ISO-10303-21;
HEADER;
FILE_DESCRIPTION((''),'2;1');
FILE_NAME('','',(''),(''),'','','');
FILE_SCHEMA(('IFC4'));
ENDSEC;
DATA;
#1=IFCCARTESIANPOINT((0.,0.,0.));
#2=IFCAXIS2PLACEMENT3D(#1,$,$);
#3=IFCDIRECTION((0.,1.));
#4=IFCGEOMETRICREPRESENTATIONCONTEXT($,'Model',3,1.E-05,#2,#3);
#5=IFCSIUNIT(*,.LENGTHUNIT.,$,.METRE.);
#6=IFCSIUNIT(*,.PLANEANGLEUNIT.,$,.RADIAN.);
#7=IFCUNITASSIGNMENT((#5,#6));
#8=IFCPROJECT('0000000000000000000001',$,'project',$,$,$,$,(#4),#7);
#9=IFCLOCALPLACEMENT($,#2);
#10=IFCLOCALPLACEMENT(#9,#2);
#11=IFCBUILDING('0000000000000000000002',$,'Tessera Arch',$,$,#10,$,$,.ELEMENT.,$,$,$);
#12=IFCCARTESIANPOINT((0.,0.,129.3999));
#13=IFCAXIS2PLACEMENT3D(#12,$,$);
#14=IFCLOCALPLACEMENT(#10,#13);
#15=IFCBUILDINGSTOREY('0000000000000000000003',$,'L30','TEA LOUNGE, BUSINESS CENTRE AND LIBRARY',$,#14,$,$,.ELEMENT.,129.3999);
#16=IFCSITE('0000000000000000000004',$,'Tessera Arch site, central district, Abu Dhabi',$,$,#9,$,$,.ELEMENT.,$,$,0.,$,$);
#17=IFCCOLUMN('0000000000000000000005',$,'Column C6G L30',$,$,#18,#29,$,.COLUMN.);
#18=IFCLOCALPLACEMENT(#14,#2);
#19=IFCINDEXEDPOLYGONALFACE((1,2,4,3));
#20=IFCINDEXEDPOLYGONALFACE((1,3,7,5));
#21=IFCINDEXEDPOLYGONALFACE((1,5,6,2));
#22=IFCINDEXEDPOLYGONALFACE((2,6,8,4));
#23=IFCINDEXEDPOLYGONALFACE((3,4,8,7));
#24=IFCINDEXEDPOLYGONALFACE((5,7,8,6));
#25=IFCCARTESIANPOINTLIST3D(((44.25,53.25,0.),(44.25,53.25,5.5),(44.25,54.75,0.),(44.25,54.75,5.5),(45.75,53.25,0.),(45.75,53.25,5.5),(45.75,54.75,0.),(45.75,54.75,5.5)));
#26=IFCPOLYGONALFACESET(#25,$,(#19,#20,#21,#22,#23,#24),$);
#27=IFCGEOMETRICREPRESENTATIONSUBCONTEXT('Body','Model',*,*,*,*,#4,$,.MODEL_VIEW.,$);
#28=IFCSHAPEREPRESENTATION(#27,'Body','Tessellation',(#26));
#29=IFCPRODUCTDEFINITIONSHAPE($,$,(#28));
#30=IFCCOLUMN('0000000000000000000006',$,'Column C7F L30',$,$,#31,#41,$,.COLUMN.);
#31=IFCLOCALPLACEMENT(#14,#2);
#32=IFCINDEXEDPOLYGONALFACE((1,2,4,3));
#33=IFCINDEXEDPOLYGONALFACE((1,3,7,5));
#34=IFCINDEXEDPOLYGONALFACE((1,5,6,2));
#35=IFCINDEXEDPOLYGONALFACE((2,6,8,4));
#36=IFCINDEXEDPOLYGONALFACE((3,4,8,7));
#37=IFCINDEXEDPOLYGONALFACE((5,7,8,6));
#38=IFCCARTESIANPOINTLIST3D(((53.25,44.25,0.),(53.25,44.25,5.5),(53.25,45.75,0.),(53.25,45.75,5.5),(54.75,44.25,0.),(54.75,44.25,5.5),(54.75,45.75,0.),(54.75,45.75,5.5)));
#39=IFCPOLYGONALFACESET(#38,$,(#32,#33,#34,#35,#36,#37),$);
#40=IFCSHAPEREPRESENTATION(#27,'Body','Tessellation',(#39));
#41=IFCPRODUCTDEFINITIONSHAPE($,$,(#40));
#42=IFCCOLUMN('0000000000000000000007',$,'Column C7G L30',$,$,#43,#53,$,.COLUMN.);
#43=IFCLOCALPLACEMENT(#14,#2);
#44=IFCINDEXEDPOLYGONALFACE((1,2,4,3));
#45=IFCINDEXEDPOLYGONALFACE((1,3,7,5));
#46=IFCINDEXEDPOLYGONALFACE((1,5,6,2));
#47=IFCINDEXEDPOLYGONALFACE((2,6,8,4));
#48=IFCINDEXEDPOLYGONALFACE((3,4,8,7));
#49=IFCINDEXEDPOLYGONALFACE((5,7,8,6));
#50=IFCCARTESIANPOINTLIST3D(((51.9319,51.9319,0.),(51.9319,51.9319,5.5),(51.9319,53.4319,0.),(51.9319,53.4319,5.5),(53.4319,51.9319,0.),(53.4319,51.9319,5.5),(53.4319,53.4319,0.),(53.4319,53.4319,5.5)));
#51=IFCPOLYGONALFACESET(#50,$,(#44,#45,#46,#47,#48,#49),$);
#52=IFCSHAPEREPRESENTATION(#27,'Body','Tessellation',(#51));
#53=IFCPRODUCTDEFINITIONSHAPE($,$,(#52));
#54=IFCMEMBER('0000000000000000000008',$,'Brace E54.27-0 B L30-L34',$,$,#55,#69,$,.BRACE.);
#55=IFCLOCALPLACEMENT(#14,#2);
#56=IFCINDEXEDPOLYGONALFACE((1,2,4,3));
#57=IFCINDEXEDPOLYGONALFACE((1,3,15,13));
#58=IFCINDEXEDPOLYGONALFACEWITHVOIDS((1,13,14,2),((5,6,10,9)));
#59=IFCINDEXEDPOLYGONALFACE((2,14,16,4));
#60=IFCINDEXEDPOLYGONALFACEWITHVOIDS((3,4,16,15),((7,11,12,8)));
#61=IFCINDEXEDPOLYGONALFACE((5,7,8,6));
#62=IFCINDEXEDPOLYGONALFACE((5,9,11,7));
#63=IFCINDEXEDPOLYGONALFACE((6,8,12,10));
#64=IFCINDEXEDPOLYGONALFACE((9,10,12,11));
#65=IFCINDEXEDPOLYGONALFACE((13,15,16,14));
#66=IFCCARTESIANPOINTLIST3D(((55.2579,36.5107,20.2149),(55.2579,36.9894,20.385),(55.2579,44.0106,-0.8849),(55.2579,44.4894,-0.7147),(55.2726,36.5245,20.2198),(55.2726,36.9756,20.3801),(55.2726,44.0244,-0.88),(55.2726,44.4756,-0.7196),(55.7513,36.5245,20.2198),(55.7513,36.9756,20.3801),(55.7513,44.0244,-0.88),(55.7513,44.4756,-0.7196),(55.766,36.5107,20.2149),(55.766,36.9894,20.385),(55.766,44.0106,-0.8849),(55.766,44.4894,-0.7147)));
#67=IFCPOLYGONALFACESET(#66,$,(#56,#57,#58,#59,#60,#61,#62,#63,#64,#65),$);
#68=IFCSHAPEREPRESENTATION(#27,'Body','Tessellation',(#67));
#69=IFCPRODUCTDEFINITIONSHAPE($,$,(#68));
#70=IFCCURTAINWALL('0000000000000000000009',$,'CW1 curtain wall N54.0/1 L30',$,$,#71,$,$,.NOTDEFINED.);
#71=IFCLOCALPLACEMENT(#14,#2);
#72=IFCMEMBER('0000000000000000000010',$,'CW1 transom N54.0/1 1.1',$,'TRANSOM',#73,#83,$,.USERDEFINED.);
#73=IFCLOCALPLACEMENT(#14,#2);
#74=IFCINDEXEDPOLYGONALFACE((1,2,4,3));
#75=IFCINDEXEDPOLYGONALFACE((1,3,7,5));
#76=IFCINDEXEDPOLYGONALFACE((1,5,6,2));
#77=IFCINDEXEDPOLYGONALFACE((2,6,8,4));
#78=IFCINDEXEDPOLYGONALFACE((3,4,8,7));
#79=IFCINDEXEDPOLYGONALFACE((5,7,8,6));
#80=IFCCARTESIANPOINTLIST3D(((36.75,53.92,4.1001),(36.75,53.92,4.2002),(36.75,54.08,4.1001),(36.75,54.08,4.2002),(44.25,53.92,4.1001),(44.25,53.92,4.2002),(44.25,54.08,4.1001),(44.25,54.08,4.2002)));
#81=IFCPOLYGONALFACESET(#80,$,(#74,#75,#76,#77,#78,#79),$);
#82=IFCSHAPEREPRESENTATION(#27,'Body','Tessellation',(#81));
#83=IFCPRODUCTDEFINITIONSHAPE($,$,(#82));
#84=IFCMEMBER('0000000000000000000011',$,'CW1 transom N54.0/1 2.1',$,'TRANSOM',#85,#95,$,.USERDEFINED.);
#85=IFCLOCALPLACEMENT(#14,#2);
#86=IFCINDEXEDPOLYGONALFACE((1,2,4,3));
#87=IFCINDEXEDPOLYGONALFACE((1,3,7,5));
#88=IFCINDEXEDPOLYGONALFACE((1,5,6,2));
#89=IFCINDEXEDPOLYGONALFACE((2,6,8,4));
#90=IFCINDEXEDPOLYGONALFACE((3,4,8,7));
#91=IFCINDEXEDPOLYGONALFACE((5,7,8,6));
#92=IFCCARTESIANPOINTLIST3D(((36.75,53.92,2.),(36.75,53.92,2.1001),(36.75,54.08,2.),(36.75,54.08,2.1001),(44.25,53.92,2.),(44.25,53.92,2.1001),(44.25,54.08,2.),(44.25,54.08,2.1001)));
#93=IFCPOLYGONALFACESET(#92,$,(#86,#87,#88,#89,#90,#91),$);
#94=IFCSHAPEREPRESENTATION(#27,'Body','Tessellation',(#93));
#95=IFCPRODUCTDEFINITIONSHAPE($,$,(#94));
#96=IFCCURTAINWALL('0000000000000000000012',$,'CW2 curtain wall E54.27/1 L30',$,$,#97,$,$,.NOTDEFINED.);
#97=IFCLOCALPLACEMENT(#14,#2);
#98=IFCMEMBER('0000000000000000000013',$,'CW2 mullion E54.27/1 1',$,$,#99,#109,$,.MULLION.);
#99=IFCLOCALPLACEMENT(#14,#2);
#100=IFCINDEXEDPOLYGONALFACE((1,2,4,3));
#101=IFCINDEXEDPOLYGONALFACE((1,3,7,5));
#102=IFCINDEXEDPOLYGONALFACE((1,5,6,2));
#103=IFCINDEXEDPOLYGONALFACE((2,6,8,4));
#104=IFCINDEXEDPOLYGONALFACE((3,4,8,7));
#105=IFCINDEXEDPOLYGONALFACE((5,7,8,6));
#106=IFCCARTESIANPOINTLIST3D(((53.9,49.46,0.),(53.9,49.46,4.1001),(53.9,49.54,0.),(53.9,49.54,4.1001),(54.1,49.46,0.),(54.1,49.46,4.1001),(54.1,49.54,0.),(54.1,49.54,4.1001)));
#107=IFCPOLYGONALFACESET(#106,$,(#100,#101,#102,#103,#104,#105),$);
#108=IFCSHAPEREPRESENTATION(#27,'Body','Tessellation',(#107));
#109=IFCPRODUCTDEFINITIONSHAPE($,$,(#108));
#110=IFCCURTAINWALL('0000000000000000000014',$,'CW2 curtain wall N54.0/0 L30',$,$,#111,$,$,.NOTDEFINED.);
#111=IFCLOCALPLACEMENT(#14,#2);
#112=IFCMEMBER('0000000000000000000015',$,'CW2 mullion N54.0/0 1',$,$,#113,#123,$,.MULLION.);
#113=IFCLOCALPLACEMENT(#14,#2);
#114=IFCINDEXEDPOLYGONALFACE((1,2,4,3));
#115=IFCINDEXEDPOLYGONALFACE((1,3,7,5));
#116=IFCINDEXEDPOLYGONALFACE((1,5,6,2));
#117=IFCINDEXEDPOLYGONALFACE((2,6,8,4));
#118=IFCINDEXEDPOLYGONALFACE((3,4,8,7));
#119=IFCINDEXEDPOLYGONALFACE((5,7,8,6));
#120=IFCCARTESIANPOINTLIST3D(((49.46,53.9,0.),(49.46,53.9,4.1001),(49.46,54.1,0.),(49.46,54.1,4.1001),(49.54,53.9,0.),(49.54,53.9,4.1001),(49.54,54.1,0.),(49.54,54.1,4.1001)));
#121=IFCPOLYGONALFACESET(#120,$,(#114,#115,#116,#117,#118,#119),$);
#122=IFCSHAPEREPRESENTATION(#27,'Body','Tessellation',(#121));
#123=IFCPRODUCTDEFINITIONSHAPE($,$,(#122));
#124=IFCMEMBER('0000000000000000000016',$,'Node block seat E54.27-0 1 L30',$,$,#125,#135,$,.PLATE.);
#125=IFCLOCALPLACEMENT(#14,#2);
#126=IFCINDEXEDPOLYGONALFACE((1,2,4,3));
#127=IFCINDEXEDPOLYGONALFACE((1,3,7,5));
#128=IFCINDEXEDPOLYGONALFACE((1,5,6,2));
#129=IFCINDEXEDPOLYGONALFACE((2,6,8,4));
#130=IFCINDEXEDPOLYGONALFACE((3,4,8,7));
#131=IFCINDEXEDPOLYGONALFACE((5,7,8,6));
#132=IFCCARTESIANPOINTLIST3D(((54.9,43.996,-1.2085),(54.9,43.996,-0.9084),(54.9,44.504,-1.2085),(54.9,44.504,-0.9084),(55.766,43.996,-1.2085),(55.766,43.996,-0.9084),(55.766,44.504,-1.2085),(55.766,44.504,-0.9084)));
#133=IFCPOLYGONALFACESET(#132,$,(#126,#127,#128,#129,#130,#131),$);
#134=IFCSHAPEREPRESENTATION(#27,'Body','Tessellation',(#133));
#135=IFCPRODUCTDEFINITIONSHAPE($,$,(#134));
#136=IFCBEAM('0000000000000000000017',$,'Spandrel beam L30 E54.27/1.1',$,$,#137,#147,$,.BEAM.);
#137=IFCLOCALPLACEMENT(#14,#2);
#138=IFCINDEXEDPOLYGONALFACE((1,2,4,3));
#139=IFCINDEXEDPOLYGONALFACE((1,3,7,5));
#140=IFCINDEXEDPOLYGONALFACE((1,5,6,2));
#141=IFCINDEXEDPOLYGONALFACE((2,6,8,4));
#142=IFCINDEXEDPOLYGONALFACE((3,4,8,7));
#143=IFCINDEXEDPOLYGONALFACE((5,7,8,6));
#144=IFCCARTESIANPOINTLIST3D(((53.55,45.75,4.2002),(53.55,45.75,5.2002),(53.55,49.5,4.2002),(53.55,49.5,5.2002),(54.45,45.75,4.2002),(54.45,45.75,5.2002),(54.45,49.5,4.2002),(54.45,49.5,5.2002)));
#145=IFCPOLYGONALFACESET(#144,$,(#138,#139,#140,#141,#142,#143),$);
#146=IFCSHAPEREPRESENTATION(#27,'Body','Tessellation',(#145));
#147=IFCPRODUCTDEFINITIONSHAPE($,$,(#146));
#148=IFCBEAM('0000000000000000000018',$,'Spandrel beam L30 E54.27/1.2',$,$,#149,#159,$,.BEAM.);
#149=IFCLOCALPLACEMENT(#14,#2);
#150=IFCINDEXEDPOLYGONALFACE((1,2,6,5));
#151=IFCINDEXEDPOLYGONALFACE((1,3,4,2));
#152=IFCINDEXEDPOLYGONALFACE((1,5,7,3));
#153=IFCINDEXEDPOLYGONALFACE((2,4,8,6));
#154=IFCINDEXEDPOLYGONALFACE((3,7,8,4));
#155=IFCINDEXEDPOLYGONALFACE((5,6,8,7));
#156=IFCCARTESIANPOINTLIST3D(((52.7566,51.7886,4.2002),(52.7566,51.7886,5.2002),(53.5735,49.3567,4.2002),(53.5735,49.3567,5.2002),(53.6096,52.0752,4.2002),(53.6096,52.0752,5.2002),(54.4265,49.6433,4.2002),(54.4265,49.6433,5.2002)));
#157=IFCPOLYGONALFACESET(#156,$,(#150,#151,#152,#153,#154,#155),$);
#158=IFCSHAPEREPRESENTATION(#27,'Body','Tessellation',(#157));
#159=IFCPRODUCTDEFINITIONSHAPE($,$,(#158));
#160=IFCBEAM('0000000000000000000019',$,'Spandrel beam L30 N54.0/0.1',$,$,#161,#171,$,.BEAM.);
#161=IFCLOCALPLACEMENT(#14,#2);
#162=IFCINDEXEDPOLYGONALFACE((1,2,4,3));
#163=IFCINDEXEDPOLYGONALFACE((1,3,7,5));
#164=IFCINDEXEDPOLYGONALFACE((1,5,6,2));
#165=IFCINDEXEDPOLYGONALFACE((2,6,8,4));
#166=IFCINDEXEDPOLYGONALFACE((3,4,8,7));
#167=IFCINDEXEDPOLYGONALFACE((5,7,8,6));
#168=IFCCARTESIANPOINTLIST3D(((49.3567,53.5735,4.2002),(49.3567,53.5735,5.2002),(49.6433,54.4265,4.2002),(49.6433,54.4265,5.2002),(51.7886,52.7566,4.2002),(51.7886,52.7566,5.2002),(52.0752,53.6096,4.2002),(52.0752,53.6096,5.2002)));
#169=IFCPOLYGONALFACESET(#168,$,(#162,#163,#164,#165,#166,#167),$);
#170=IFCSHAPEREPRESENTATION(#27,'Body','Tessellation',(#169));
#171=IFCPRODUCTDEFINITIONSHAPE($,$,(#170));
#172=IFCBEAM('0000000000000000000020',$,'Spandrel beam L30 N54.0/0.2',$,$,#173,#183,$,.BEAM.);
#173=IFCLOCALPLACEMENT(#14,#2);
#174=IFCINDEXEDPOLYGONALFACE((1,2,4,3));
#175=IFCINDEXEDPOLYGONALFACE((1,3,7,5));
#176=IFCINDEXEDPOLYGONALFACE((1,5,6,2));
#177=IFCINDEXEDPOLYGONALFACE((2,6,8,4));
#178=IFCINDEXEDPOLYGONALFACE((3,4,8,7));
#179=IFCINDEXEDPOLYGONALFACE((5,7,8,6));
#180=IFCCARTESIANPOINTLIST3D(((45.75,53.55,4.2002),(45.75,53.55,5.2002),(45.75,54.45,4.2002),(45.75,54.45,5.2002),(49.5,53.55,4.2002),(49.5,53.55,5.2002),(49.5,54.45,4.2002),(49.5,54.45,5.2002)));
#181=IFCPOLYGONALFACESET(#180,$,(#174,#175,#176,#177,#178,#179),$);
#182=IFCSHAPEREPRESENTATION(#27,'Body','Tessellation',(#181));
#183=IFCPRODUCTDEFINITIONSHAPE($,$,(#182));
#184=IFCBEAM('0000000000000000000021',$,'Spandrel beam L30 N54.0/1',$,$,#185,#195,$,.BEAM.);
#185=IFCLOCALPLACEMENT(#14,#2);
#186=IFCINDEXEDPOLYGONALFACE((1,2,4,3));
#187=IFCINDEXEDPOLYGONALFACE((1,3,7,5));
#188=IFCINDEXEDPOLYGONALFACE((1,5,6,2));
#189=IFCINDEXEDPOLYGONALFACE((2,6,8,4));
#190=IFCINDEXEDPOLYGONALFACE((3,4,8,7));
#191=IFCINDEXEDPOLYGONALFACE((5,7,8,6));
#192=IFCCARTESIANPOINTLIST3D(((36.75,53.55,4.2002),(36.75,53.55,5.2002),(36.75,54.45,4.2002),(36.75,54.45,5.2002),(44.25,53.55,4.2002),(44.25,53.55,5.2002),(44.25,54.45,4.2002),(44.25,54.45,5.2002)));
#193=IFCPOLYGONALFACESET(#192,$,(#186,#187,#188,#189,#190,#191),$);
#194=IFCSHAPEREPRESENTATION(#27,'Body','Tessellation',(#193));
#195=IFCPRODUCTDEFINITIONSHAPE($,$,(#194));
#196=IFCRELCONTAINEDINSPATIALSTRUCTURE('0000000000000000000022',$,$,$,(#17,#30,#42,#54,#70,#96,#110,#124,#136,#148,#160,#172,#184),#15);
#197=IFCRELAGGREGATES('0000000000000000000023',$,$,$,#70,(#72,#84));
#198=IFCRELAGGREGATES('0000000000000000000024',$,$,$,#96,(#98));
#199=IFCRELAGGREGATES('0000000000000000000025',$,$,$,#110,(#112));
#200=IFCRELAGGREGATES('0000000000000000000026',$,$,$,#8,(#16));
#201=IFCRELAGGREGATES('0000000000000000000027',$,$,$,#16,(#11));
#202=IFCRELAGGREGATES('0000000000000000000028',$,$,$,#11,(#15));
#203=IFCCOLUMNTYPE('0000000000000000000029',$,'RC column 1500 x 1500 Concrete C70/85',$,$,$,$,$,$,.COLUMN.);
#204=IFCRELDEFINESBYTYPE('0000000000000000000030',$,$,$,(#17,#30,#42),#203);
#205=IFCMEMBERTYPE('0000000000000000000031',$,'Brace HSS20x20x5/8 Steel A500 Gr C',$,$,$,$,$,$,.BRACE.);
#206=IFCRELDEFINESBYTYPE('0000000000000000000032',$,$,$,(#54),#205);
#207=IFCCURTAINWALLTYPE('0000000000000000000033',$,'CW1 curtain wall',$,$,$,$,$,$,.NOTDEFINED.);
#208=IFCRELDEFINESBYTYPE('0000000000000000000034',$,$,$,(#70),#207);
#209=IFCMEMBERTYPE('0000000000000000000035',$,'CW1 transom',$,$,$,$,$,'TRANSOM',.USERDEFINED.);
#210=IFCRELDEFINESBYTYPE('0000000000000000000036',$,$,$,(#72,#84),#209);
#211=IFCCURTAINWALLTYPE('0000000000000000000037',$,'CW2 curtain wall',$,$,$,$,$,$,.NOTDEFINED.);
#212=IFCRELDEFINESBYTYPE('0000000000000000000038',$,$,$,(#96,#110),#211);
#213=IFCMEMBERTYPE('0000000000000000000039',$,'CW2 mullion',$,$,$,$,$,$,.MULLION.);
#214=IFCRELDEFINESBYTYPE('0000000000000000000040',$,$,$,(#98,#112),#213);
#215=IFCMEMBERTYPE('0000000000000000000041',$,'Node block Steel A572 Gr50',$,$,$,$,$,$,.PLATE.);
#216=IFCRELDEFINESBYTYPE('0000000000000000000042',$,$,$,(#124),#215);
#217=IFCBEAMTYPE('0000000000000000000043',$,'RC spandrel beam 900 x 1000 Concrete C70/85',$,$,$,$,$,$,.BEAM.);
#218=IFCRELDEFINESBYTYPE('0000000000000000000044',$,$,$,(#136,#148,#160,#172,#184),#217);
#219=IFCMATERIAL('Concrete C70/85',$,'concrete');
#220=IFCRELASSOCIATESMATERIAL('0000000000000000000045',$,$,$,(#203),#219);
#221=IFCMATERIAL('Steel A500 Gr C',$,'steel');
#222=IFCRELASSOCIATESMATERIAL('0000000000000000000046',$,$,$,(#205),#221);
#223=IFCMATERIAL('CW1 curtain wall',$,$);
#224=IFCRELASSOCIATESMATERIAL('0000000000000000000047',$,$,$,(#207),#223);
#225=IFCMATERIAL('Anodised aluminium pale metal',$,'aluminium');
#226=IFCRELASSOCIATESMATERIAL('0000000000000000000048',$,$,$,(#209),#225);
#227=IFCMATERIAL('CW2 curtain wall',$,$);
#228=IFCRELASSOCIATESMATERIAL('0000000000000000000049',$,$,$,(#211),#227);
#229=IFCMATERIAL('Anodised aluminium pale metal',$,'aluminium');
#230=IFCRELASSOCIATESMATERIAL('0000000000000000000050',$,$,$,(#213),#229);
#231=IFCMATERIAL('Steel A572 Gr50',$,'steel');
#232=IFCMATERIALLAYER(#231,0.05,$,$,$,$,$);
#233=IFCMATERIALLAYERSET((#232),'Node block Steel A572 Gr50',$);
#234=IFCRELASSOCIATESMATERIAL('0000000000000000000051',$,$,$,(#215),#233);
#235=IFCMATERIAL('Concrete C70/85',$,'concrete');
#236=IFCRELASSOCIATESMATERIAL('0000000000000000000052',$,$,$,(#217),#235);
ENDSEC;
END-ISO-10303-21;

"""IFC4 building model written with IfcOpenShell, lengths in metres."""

from ifc_helpers import new_model, si_unit, direction, frame, origin, origin_2d, place, context, subcontext, project, spatial, rectangle, hollow_rectangle, extrude, material, layer, layer_set, material_profile, profile_set, type_object, element, aggregate, save


model = new_model("IFC4")

# Units and contexts
model_context = context("Model", 3, precision=1e-05, world=origin(), true_north=direction((0.0, 1.0)))
body_context = subcontext(model_context, "Body", "Model", "MODEL_VIEW")
ifc_project = project(units=[si_unit("LENGTHUNIT", "METRE"), si_unit("PLANEANGLEUNIT", "RADIAN")], contexts=[model_context])

# Site, building, storey
site_placement = place(None, origin())
site = spatial("IfcSite", under=ifc_project, at=site_placement, Name="Tessera Arch site, central district, Abu Dhabi", CompositionType="ELEMENT", RefElevation=0.0)
building_placement = place(site_placement, origin())
building = spatial("IfcBuilding", under=site, at=building_placement, Name="Tessera Arch", CompositionType="ELEMENT")
storey_placement = place(building_placement, frame((0.0, 0.0, 129.3999)))
storey = spatial("IfcBuildingStorey", under=building, at=storey_placement, Name="L30", Description="TEA LOUNGE, BUSINESS CENTRE AND LIBRARY", CompositionType="ELEMENT", Elevation=129.3999)

# Columns
ifc_material_1 = material(Name="Concrete C70/85", Category="concrete")
ifc_material_profile_1 = material_profile(ifc_material_1, rectangle(XDim=1.5, YDim=1.5, at=origin_2d()), Name="RC column 1500 x 1500 Concrete C70/85")
ifc_profile_set_1 = profile_set([ifc_material_profile_1], Name="Concrete C70/85")
column_type = type_object("IfcColumnType", Name="RC column 1500 x 1500 Concrete C70/85", PredefinedType="COLUMN", material=ifc_profile_set_1)
for number, where, z_axis, x_axis, name in (
    (1, (45.0, 54.0, 0.0), (0.0, 0.0, 1.0), (1.0, 0.0, 0.0), "Column C6G L30"),
    (2, (54.0, 45.0, 0.0), (0.0, 0.0, 1.0), (1.0, 0.0, 0.0), "Column C7F L30"),
    (3, (52.6819, 52.6819, 0.0), (0.0, 0.0, 1.0), (1.0, 0.0, 0.0), "Column C7G L30"),
):
    element("IfcColumn", number, at=place(storey_placement, frame(where, z_axis=z_axis, x_axis=x_axis)), inside=storey, type_object=column_type, Name=name, PredefinedType="COLUMN", context=body_context, shape_type="SweptSolid", body=[
        extrude(rectangle(XDim=1.5, YDim=1.5, at=origin_2d()), origin(), (0.0, 0.0, 1.0), 5.5),
    ])

# Member
ifc_material_2 = material(Name="Steel A500 Gr C", Category="steel")
ifc_material_profile_2 = material_profile(ifc_material_2, hollow_rectangle(XDim=0.5081, YDim=0.5081, WallThickness=0.0146, at=origin_2d()), Name="HSS20x20x5/8")
ifc_profile_set_2 = profile_set([ifc_material_profile_2], Name="Steel A500 Gr C")
member_type_1 = type_object("IfcMemberType", Name="Brace HSS20x20x5/8 Steel A500 Gr C", PredefinedType="BRACE", material=ifc_profile_set_2)
member_1_placement = place(storey_placement, frame((55.512, 44.25, -0.7998), z_axis=(0.0, -0.334924, 0.942245), x_axis=(1.0, 0.0, 0.0)))
element("IfcMember", 4, at=member_1_placement, inside=storey, type_object=member_type_1, Name="Brace E54.27-0 B L30-L34", PredefinedType="BRACE", context=body_context, shape_type="SweptSolid", body=[
    extrude(hollow_rectangle(XDim=0.5081, YDim=0.5081, WallThickness=0.0146, at=origin_2d()), origin(), (0.0, 0.0, 1.0), 22.3931),
])

# Curtain wall, members
ifc_material_3 = material(Name="CW1 curtain wall")
curtain_wall_type_1 = type_object("IfcCurtainWallType", Name="CW1 curtain wall", PredefinedType="NOTDEFINED", material=ifc_material_3)
curtain_wall_1_placement = place(storey_placement, origin())
curtain_wall_1 = element("IfcCurtainWall", 5, at=curtain_wall_1_placement, inside=storey, type_object=curtain_wall_type_1, Name="CW1 curtain wall N54.0/1 L30", PredefinedType="NOTDEFINED")
ifc_material_4 = material(Name="Anodised aluminium pale metal", Category="aluminium")
ifc_material_profile_3 = material_profile(ifc_material_4, rectangle(XDim=0.1599, YDim=0.1001, at=origin_2d()), Name="AL 160x100")
ifc_profile_set_3 = profile_set([ifc_material_profile_3], Name="Anodised aluminium pale metal")
member_type_2 = type_object("IfcMemberType", Name="CW1 transom", ElementType="TRANSOM", PredefinedType="USERDEFINED", material=ifc_profile_set_3)
member_2_placement = place(storey_placement, frame((44.25, 54.0, 4.1501), z_axis=(-1.0, 0.0, 0.0), x_axis=(0.0, -1.0, 0.0)))
member_2 = element("IfcMember", 6, at=member_2_placement, type_object=member_type_2, Name="CW1 transom N54.0/1 1.1", ObjectType="TRANSOM", PredefinedType="USERDEFINED", context=body_context, shape_type="SweptSolid", body=[
    extrude(rectangle(XDim=0.1599, YDim=0.1001, at=origin_2d()), origin(), (0.0, 0.0, 1.0), 7.5),
])
member_3_placement = place(storey_placement, frame((44.25, 54.0, 2.05), z_axis=(-1.0, 0.0, 0.0), x_axis=(0.0, -1.0, 0.0)))
member_3 = element("IfcMember", 7, at=member_3_placement, type_object=member_type_2, Name="CW1 transom N54.0/1 2.1", ObjectType="TRANSOM", PredefinedType="USERDEFINED", context=body_context, shape_type="SweptSolid", body=[
    extrude(rectangle(XDim=0.1599, YDim=0.1001, at=origin_2d()), origin(), (0.0, 0.0, 1.0), 7.5),
])
aggregate(curtain_wall_1, [member_2, member_3])

# Curtain walls, members
ifc_material_5 = material(Name="CW2 curtain wall")
curtain_wall_type_2 = type_object("IfcCurtainWallType", Name="CW2 curtain wall", PredefinedType="NOTDEFINED", material=ifc_material_5)
curtain_wall_2_placement = place(storey_placement, origin())
curtain_wall_2 = element("IfcCurtainWall", 8, at=curtain_wall_2_placement, inside=storey, type_object=curtain_wall_type_2, Name="CW2 curtain wall E54.27/1 L30", PredefinedType="NOTDEFINED")
ifc_material_6 = material(Name="Anodised aluminium pale metal", Category="aluminium")
ifc_material_profile_4 = material_profile(ifc_material_6, rectangle(XDim=0.2, YDim=0.0801, at=origin_2d()), Name="AL 80x200")
ifc_profile_set_4 = profile_set([ifc_material_profile_4], Name="Anodised aluminium pale metal")
member_type_3 = type_object("IfcMemberType", Name="CW2 mullion", PredefinedType="MULLION", material=ifc_profile_set_4)
member_4_placement = place(storey_placement, frame((54.0, 49.5, 0.0), z_axis=(0.0, 0.0, 1.0), x_axis=(-1.0, 0.0, 0.0)))
member_4 = element("IfcMember", 9, at=member_4_placement, type_object=member_type_3, Name="CW2 mullion E54.27/1 1", PredefinedType="MULLION", context=body_context, shape_type="SweptSolid", body=[
    extrude(rectangle(XDim=0.2, YDim=0.0801, at=origin_2d()), origin(), (0.0, 0.0, 1.0), 4.1001),
])
curtain_wall_3_placement = place(storey_placement, origin())
curtain_wall_3 = element("IfcCurtainWall", 10, at=curtain_wall_3_placement, inside=storey, type_object=curtain_wall_type_2, Name="CW2 curtain wall N54.0/0 L30", PredefinedType="NOTDEFINED")
member_5_placement = place(storey_placement, frame((49.5, 54.0, 0.0), z_axis=(0.0, 0.0, 1.0), x_axis=(0.0, -1.0, 0.0)))
member_5 = element("IfcMember", 11, at=member_5_placement, type_object=member_type_3, Name="CW2 mullion N54.0/0 1", PredefinedType="MULLION", context=body_context, shape_type="SweptSolid", body=[
    extrude(rectangle(XDim=0.2, YDim=0.0801, at=origin_2d()), origin(), (0.0, 0.0, 1.0), 4.1001),
])

# Member
ifc_material_7 = material(Name="Steel A572 Gr50", Category="steel")
ifc_layer_1 = layer(ifc_material_7, 0.05)
ifc_layer_set_1 = layer_set([ifc_layer_1], Name="Node block Steel A572 Gr50")
member_type_4 = type_object("IfcMemberType", Name="Node block Steel A572 Gr50", PredefinedType="PLATE", material=ifc_layer_set_1)
member_6_placement = place(storey_placement, frame((55.333, 44.25, -1.2085), z_axis=(0.0, 0.0, 1.0), x_axis=(0.0, 1.0, 0.0)))
element("IfcMember", 12, at=member_6_placement, inside=storey, type_object=member_type_4, Name="Node block seat E54.27-0 1 L30", PredefinedType="PLATE", context=body_context, shape_type="SweptSolid", body=[
    extrude(rectangle(XDim=0.5081, YDim=0.866, at=origin_2d()), origin(), (0.0, 0.0, 1.0), 0.3),
])

# Beams
ifc_material_8 = material(Name="Concrete C70/85", Category="concrete")
ifc_material_profile_5 = material_profile(ifc_material_8, rectangle(XDim=0.8999, YDim=1.0, at=origin_2d()), Name="RC spandrel beam 900 x 1000 Concrete C70/85")
ifc_profile_set_5 = profile_set([ifc_material_profile_5], Name="Concrete C70/85")
beam_type = type_object("IfcBeamType", Name="RC spandrel beam 900 x 1000 Concrete C70/85", PredefinedType="BEAM", material=ifc_profile_set_5)
beam_1_placement = place(storey_placement, frame((54.0, 45.75, 4.7002), z_axis=(0.0, 1.0, 0.0), x_axis=(-1.0, 0.0, 0.0)))
element("IfcBeam", 13, at=beam_1_placement, inside=storey, type_object=beam_type, Name="Spandrel beam L30 E54.27/1.1", PredefinedType="BEAM", context=body_context, shape_type="SweptSolid", body=[
    extrude(rectangle(XDim=0.8999, YDim=1.0, at=origin_2d()), origin(), (0.0, 0.0, 1.0), 3.75),
])
for number, where, z_axis, x_axis, name in (
    (14, (54.0, 49.5, 4.7002), (-0.318425, 0.947948, 0.0), (-0.947948, -0.318425, 0.0), "Spandrel beam L30 E54.27/1.2"),
    (15, (51.9319, 53.1831, 4.7002), (-0.947948, 0.318425, 0.0), (-0.318425, -0.947948, 0.0), "Spandrel beam L30 N54.0/0.1"),
):
    element("IfcBeam", number, at=place(storey_placement, frame(where, z_axis=z_axis, x_axis=x_axis)), inside=storey, type_object=beam_type, Name=name, PredefinedType="BEAM", context=body_context, shape_type="SweptSolid", body=[
        extrude(rectangle(XDim=0.8999, YDim=1.0, at=origin_2d()), origin(), (0.0, 0.0, 1.0), 2.5654),
    ])
beam_2_placement = place(storey_placement, frame((49.5, 54.0, 4.7002), z_axis=(-1.0, 0.0, 0.0), x_axis=(0.0, -1.0, 0.0)))
element("IfcBeam", 16, at=beam_2_placement, inside=storey, type_object=beam_type, Name="Spandrel beam L30 N54.0/0.2", PredefinedType="BEAM", context=body_context, shape_type="SweptSolid", body=[
    extrude(rectangle(XDim=0.8999, YDim=1.0, at=origin_2d()), origin(), (0.0, 0.0, 1.0), 3.75),
])
beam_3_placement = place(storey_placement, frame((44.25, 54.0, 4.7002), z_axis=(-1.0, 0.0, 0.0), x_axis=(0.0, -1.0, 0.0)))
element("IfcBeam", 17, at=beam_3_placement, inside=storey, type_object=beam_type, Name="Spandrel beam L30 N54.0/1", PredefinedType="BEAM", context=body_context, shape_type="SweptSolid", body=[
    extrude(rectangle(XDim=0.8999, YDim=1.0, at=origin_2d()), origin(), (0.0, 0.0, 1.0), 7.5),
])

aggregate(curtain_wall_2, [member_4])
aggregate(curtain_wall_3, [member_5])

save(model, "model.ifc")
